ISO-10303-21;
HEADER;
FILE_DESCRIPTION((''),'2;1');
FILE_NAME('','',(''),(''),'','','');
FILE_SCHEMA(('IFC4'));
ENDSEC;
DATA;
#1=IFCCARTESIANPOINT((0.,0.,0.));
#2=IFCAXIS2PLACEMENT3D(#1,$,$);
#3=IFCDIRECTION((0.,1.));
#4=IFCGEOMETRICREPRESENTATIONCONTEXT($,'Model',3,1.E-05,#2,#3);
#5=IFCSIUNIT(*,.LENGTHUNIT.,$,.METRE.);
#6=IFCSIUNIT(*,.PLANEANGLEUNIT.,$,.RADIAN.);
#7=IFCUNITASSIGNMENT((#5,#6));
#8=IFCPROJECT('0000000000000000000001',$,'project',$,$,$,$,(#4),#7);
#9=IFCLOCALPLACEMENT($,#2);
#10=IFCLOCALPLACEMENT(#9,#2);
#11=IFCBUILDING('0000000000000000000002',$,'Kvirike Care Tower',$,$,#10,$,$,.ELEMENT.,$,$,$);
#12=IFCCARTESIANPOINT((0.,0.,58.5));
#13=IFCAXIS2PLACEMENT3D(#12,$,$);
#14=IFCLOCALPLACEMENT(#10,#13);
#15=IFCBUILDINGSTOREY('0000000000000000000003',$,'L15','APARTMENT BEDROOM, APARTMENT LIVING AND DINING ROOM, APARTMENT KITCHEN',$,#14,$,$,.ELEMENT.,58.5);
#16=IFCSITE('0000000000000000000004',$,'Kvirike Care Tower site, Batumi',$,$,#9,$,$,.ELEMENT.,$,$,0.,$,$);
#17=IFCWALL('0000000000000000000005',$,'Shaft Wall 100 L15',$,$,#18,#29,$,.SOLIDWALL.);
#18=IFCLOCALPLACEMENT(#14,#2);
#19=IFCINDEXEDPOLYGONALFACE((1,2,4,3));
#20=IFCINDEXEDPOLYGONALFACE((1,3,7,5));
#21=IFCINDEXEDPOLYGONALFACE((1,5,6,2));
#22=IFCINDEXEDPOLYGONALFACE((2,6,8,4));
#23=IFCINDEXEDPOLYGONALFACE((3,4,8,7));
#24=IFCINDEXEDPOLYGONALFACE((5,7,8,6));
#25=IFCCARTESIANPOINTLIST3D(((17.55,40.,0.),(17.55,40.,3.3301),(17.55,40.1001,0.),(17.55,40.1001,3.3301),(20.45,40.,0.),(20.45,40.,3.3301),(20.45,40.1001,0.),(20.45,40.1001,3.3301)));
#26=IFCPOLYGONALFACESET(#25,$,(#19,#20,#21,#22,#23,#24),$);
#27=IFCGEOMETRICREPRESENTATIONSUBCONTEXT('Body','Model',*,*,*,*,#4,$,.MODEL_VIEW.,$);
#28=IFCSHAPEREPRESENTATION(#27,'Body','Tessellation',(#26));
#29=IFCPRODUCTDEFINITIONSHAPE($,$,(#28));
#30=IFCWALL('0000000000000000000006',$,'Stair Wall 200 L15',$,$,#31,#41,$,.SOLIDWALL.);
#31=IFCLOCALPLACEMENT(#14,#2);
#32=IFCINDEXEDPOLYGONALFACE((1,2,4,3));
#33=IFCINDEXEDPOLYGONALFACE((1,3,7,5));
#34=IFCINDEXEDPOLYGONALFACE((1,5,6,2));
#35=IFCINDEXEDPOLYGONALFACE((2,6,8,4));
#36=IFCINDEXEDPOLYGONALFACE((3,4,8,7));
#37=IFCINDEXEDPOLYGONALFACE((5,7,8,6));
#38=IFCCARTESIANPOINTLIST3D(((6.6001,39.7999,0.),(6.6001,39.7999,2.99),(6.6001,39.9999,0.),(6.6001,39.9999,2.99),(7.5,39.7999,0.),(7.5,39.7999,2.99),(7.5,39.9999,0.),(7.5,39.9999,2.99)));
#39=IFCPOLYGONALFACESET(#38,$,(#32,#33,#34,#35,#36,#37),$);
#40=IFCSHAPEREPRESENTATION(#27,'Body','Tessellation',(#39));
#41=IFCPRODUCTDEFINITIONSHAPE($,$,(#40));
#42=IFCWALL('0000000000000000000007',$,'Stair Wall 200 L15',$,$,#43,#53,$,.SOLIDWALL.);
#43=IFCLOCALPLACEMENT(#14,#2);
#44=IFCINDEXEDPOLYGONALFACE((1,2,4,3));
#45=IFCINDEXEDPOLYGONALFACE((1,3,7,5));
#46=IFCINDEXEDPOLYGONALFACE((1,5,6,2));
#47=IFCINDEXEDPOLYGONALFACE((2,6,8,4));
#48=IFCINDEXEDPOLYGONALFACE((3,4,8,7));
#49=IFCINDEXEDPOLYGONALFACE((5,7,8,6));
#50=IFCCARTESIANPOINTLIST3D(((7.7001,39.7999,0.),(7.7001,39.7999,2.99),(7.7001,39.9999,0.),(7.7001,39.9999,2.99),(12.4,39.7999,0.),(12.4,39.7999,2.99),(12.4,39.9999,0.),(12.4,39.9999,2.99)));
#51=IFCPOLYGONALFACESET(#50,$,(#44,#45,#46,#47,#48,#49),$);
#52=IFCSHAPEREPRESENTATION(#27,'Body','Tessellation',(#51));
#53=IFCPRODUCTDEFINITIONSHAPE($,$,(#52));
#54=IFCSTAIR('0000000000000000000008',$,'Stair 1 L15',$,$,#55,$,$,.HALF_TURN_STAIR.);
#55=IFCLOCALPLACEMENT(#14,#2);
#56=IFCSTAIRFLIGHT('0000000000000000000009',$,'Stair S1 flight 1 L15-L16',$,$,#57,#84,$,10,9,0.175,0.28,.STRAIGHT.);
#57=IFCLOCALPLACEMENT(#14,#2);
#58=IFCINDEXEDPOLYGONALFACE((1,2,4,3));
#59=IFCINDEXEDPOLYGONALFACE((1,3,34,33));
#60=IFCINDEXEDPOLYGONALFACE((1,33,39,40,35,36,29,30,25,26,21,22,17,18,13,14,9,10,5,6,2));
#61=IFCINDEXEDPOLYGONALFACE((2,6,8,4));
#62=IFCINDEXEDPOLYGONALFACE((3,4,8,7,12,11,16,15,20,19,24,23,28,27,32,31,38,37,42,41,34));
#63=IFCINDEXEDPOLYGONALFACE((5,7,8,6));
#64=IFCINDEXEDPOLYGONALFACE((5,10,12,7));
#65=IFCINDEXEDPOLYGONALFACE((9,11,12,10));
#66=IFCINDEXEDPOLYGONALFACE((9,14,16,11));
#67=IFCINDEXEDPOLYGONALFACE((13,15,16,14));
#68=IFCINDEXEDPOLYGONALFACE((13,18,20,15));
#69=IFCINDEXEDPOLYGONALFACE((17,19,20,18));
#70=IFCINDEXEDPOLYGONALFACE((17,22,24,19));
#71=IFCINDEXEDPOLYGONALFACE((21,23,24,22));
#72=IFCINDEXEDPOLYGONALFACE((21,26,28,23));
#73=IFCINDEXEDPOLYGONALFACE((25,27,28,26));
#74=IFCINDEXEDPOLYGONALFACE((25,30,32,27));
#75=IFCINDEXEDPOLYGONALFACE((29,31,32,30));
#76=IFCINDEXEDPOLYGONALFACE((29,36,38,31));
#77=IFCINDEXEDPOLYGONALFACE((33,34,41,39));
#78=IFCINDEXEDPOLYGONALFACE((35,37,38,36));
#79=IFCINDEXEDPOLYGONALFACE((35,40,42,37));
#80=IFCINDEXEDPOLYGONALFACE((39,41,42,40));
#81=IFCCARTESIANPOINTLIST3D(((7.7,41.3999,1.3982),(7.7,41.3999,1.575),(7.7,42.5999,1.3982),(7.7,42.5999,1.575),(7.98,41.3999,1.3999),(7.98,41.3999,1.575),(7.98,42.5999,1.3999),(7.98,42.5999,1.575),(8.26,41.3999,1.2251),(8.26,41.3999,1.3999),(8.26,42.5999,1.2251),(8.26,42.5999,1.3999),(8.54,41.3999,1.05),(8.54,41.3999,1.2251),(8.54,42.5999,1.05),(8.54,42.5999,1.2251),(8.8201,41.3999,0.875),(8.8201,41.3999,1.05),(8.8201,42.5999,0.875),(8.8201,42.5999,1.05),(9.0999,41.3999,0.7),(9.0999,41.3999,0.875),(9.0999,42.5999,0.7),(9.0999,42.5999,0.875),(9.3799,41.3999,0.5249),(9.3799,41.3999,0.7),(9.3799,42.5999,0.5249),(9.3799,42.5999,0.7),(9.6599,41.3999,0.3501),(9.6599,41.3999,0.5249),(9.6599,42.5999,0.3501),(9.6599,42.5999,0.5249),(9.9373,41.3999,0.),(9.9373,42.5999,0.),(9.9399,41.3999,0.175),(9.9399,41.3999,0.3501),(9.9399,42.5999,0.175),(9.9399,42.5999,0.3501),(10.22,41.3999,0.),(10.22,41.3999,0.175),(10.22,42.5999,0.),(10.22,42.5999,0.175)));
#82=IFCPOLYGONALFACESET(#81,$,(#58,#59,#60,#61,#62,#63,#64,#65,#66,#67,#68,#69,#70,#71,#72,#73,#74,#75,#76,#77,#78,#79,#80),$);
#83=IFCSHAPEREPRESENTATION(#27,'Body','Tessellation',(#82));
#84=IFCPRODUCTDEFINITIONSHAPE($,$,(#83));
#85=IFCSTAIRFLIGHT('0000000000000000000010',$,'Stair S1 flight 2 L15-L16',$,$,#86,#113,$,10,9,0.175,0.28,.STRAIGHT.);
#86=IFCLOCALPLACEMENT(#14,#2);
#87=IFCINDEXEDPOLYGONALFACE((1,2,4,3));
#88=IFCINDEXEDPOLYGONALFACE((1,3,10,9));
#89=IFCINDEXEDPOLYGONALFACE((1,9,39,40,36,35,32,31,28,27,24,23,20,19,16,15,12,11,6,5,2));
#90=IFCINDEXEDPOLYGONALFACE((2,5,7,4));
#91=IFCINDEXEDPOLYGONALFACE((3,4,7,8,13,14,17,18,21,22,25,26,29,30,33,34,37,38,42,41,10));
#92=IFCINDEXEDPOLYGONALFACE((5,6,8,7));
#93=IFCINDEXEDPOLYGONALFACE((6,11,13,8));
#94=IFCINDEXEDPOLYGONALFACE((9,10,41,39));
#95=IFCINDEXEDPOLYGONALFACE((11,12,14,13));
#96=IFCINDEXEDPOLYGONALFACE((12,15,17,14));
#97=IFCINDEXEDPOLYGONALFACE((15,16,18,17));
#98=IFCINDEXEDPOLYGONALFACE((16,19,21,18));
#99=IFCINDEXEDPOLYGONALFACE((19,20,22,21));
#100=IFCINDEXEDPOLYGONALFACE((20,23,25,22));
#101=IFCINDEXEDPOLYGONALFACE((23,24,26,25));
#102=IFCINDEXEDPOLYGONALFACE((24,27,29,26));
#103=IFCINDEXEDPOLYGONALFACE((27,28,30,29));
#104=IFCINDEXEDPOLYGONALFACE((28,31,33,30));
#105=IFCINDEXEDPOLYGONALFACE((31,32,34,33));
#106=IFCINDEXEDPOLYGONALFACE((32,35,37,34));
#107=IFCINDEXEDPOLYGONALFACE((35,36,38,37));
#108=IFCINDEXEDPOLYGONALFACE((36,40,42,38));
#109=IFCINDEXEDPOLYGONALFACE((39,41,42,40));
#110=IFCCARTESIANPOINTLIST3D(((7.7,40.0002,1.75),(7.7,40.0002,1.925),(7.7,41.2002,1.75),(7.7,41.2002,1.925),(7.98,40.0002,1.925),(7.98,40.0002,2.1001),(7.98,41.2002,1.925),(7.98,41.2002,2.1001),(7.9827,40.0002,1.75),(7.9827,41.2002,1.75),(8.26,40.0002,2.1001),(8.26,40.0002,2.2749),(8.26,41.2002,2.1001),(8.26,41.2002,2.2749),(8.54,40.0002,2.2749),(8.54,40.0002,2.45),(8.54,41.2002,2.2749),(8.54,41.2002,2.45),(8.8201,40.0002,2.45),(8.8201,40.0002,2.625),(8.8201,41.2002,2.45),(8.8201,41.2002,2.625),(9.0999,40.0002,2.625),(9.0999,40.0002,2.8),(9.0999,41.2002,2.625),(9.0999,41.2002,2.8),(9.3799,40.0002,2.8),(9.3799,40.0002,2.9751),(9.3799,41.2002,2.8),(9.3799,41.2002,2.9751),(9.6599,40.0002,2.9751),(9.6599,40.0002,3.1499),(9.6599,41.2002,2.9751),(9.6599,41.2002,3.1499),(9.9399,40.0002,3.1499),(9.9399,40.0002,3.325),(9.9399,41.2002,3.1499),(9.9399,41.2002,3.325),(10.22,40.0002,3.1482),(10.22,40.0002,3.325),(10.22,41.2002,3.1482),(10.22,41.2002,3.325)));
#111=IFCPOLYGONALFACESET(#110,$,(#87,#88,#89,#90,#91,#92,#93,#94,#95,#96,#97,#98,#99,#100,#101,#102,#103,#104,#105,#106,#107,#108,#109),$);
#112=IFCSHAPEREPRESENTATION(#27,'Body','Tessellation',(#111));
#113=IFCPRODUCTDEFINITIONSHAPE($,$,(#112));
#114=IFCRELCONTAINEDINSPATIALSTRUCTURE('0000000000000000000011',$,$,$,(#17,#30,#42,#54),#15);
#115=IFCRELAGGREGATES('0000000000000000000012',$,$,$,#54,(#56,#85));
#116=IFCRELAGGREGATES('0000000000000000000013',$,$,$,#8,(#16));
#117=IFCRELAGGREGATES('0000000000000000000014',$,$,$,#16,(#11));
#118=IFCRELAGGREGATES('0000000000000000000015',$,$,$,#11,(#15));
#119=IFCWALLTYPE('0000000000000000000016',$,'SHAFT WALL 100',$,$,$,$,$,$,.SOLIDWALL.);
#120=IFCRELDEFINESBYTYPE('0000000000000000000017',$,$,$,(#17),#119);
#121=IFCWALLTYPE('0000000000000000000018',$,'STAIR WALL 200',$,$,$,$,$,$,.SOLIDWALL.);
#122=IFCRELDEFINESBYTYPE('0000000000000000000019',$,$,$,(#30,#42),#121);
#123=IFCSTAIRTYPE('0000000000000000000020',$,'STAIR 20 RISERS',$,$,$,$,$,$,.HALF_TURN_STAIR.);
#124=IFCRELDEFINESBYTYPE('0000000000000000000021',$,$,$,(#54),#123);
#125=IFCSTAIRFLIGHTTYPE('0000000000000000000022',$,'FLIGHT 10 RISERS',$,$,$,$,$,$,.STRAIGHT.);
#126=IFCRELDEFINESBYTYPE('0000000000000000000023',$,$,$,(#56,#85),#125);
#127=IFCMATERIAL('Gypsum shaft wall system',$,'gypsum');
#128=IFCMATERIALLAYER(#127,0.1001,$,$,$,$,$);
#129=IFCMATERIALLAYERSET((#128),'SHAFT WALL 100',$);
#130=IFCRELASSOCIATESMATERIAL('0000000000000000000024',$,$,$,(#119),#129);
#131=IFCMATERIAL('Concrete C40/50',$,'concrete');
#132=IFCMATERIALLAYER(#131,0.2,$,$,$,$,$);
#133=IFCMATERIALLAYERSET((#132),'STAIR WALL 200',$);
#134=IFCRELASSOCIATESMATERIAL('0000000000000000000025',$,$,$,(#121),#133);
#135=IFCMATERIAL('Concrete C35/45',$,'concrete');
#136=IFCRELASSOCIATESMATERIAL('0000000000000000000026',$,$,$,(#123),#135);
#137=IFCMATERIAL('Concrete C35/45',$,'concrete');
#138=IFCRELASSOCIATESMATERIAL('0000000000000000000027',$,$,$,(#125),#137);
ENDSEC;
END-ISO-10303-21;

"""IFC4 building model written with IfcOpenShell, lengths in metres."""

from ifc_helpers import new_model, si_unit, direction, frame, frame_2d, origin, place, context, subcontext, project, spatial, polyline, rectangle, outline, extrude, material, layer, layer_set, type_object, element, aggregate, save


model = new_model("IFC4")

# Units and contexts
model_context = context("Model", 3, precision=1e-05, world=origin(), true_north=direction((0.0, 1.0)))
body_context = subcontext(model_context, "Body", "Model", "MODEL_VIEW")
ifc_project = project(units=[si_unit("LENGTHUNIT", "METRE"), si_unit("PLANEANGLEUNIT", "RADIAN")], contexts=[model_context])

# Site, building, storey
site_placement = place(None, origin())
site = spatial("IfcSite", under=ifc_project, at=site_placement, Name="Kvirike Care Tower site, Batumi", CompositionType="ELEMENT", RefElevation=0.0)
building_placement = place(site_placement, origin())
building = spatial("IfcBuilding", under=site, at=building_placement, Name="Kvirike Care Tower", CompositionType="ELEMENT")
storey_placement = place(building_placement, frame((0.0, 0.0, 58.5)))
storey = spatial("IfcBuildingStorey", under=building, at=storey_placement, Name="L15", Description="APARTMENT BEDROOM, APARTMENT LIVING AND DINING ROOM, APARTMENT KITCHEN", CompositionType="ELEMENT", Elevation=58.5)

# Shared definitions
ifc_material_1 = material(Name="Gypsum shaft wall system", Category="gypsum")
ifc_layer_1 = layer(ifc_material_1, 0.1001)
ifc_layer_set_1 = layer_set([ifc_layer_1], Name="SHAFT WALL 100")
wall_type_1 = type_object("IfcWallType", Name="SHAFT WALL 100", PredefinedType="SOLIDWALL", material=ifc_layer_set_1)

# Walls
wall_1_placement = place(storey_placement, frame((17.55, 40.05, 0.0), z_axis=(0.0, 0.0, 1.0), x_axis=(1.0, 0.0, 0.0)))
element("IfcWall", 1, at=wall_1_placement, inside=storey, type_object=wall_type_1, Name="Shaft Wall 100 L15", PredefinedType="SOLIDWALL", context=body_context, shape_type="SweptSolid", body=[
    extrude(rectangle(XDim=2.8999, YDim=0.1001, at=frame_2d((1.45, 0.0))), origin(), (0.0, 0.0, 1.0), 3.3301),
])
ifc_material_2 = material(Name="Concrete C40/50", Category="concrete")
ifc_layer_2 = layer(ifc_material_2, 0.2)
ifc_layer_set_2 = layer_set([ifc_layer_2], Name="STAIR WALL 200")
wall_type_2 = type_object("IfcWallType", Name="STAIR WALL 200", PredefinedType="SOLIDWALL", material=ifc_layer_set_2)
wall_2_placement = place(storey_placement, frame((6.6001, 39.8999, 0.0), z_axis=(0.0, 0.0, 1.0), x_axis=(1.0, 0.0, 0.0)))
element("IfcWall", 2, at=wall_2_placement, inside=storey, type_object=wall_type_2, Name="Stair Wall 200 L15", PredefinedType="SOLIDWALL", context=body_context, shape_type="SweptSolid", body=[
    extrude(rectangle(XDim=0.8999, YDim=0.2, at=frame_2d((0.45, 0.0))), origin(), (0.0, 0.0, 1.0), 2.99),
])
wall_3_placement = place(storey_placement, frame((7.7, 39.8999, 0.0), z_axis=(0.0, 0.0, 1.0), x_axis=(1.0, 0.0, 0.0)))
element("IfcWall", 3, at=wall_3_placement, inside=storey, type_object=wall_type_2, Name="Stair Wall 200 L15", PredefinedType="SOLIDWALL", context=body_context, shape_type="SweptSolid", body=[
    extrude(rectangle(XDim=4.7, YDim=0.2, at=frame_2d((2.3501, 0.0))), origin(), (0.0, 0.0, 1.0), 2.99),
])

# Stair, stair flights
ifc_material_3 = material(Name="Concrete C35/45", Category="concrete")
stair_type = type_object("IfcStairType", Name="STAIR 20 RISERS", PredefinedType="HALF_TURN_STAIR", material=ifc_material_3)
stair_placement = place(storey_placement, origin())
stair = element("IfcStair", 4, at=stair_placement, inside=storey, type_object=stair_type, Name="Stair 1 L15", PredefinedType="HALF_TURN_STAIR")
ifc_material_4 = material(Name="Concrete C35/45", Category="concrete")
stair_flight_type = type_object("IfcStairFlightType", Name="FLIGHT 10 RISERS", PredefinedType="STRAIGHT", material=ifc_material_4)
stair_flight_1_placement = place(storey_placement, frame((10.22, 42.0, 0.0), z_axis=(0.0, 0.0, 1.0), x_axis=(-1.0, 0.0, 0.0)))
stair_flight_1 = element("IfcStairFlight", 5, at=stair_flight_1_placement, type_object=stair_flight_type, Name="Stair S1 flight 1 L15-L16", NumberOfRisers=10, NumberOfTreads=9, PredefinedType="STRAIGHT", RiserHeight=0.175, TreadLength=0.28, context=body_context, shape_type="SweptSolid", body=[
    extrude(outline(polyline([(0.0, 0.0), (0.0, 0.175), (0.28, 0.175), (0.28, 0.3501), (0.5601, 0.3501), (0.5601, 0.5249), (0.8401, 0.5249), (0.8401, 0.7), (1.1201, 0.7), (1.1201, 0.875), (1.3999, 0.875), (1.3999, 1.05), (1.6799, 1.05), (1.6799, 1.2251), (1.96, 1.2251), (1.96, 1.3999), (2.24, 1.3999), (2.24, 1.575), (2.52, 1.575), (2.52, 1.75), (2.52, 1.3982), (0.2827, 0.0), (0.0, 0.0)])), frame((0.0, 0.6001, 0.0), z_axis=(0.0, -1.0, 0.0), x_axis=(1.0, 0.0, 0.0)), (0.0, 0.0, 1.0), 1.2),
])
stair_flight_2_placement = place(storey_placement, frame((7.7, 40.6001, 1.75), z_axis=(0.0, 0.0, 1.0), x_axis=(1.0, 0.0, 0.0)))
stair_flight_2 = element("IfcStairFlight", 6, at=stair_flight_2_placement, type_object=stair_flight_type, Name="Stair S1 flight 2 L15-L16", NumberOfRisers=10, NumberOfTreads=9, PredefinedType="STRAIGHT", RiserHeight=0.175, TreadLength=0.28, context=body_context, shape_type="SweptSolid", body=[
    extrude(outline(polyline([(0.0, 0.0), (0.0, 0.175), (0.28, 0.175), (0.28, 0.3501), (0.5601, 0.3501), (0.5601, 0.5249), (0.8401, 0.5249), (0.8401, 0.7), (1.1201, 0.7), (1.1201, 0.875), (1.3999, 0.875), (1.3999, 1.05), (1.6799, 1.05), (1.6799, 1.2251), (1.96, 1.2251), (1.96, 1.3999), (2.24, 1.3999), (2.24, 1.575), (2.52, 1.575), (2.52, 1.75), (2.52, 1.3982), (0.2827, 0.0), (0.0, 0.0)])), frame((0.0, 0.6001, 0.0), z_axis=(0.0, -1.0, 0.0), x_axis=(1.0, 0.0, 0.0)), (0.0, 0.0, 1.0), 1.2),
])
aggregate(stair, [stair_flight_1, stair_flight_2])

save(model, "model.ifc")
